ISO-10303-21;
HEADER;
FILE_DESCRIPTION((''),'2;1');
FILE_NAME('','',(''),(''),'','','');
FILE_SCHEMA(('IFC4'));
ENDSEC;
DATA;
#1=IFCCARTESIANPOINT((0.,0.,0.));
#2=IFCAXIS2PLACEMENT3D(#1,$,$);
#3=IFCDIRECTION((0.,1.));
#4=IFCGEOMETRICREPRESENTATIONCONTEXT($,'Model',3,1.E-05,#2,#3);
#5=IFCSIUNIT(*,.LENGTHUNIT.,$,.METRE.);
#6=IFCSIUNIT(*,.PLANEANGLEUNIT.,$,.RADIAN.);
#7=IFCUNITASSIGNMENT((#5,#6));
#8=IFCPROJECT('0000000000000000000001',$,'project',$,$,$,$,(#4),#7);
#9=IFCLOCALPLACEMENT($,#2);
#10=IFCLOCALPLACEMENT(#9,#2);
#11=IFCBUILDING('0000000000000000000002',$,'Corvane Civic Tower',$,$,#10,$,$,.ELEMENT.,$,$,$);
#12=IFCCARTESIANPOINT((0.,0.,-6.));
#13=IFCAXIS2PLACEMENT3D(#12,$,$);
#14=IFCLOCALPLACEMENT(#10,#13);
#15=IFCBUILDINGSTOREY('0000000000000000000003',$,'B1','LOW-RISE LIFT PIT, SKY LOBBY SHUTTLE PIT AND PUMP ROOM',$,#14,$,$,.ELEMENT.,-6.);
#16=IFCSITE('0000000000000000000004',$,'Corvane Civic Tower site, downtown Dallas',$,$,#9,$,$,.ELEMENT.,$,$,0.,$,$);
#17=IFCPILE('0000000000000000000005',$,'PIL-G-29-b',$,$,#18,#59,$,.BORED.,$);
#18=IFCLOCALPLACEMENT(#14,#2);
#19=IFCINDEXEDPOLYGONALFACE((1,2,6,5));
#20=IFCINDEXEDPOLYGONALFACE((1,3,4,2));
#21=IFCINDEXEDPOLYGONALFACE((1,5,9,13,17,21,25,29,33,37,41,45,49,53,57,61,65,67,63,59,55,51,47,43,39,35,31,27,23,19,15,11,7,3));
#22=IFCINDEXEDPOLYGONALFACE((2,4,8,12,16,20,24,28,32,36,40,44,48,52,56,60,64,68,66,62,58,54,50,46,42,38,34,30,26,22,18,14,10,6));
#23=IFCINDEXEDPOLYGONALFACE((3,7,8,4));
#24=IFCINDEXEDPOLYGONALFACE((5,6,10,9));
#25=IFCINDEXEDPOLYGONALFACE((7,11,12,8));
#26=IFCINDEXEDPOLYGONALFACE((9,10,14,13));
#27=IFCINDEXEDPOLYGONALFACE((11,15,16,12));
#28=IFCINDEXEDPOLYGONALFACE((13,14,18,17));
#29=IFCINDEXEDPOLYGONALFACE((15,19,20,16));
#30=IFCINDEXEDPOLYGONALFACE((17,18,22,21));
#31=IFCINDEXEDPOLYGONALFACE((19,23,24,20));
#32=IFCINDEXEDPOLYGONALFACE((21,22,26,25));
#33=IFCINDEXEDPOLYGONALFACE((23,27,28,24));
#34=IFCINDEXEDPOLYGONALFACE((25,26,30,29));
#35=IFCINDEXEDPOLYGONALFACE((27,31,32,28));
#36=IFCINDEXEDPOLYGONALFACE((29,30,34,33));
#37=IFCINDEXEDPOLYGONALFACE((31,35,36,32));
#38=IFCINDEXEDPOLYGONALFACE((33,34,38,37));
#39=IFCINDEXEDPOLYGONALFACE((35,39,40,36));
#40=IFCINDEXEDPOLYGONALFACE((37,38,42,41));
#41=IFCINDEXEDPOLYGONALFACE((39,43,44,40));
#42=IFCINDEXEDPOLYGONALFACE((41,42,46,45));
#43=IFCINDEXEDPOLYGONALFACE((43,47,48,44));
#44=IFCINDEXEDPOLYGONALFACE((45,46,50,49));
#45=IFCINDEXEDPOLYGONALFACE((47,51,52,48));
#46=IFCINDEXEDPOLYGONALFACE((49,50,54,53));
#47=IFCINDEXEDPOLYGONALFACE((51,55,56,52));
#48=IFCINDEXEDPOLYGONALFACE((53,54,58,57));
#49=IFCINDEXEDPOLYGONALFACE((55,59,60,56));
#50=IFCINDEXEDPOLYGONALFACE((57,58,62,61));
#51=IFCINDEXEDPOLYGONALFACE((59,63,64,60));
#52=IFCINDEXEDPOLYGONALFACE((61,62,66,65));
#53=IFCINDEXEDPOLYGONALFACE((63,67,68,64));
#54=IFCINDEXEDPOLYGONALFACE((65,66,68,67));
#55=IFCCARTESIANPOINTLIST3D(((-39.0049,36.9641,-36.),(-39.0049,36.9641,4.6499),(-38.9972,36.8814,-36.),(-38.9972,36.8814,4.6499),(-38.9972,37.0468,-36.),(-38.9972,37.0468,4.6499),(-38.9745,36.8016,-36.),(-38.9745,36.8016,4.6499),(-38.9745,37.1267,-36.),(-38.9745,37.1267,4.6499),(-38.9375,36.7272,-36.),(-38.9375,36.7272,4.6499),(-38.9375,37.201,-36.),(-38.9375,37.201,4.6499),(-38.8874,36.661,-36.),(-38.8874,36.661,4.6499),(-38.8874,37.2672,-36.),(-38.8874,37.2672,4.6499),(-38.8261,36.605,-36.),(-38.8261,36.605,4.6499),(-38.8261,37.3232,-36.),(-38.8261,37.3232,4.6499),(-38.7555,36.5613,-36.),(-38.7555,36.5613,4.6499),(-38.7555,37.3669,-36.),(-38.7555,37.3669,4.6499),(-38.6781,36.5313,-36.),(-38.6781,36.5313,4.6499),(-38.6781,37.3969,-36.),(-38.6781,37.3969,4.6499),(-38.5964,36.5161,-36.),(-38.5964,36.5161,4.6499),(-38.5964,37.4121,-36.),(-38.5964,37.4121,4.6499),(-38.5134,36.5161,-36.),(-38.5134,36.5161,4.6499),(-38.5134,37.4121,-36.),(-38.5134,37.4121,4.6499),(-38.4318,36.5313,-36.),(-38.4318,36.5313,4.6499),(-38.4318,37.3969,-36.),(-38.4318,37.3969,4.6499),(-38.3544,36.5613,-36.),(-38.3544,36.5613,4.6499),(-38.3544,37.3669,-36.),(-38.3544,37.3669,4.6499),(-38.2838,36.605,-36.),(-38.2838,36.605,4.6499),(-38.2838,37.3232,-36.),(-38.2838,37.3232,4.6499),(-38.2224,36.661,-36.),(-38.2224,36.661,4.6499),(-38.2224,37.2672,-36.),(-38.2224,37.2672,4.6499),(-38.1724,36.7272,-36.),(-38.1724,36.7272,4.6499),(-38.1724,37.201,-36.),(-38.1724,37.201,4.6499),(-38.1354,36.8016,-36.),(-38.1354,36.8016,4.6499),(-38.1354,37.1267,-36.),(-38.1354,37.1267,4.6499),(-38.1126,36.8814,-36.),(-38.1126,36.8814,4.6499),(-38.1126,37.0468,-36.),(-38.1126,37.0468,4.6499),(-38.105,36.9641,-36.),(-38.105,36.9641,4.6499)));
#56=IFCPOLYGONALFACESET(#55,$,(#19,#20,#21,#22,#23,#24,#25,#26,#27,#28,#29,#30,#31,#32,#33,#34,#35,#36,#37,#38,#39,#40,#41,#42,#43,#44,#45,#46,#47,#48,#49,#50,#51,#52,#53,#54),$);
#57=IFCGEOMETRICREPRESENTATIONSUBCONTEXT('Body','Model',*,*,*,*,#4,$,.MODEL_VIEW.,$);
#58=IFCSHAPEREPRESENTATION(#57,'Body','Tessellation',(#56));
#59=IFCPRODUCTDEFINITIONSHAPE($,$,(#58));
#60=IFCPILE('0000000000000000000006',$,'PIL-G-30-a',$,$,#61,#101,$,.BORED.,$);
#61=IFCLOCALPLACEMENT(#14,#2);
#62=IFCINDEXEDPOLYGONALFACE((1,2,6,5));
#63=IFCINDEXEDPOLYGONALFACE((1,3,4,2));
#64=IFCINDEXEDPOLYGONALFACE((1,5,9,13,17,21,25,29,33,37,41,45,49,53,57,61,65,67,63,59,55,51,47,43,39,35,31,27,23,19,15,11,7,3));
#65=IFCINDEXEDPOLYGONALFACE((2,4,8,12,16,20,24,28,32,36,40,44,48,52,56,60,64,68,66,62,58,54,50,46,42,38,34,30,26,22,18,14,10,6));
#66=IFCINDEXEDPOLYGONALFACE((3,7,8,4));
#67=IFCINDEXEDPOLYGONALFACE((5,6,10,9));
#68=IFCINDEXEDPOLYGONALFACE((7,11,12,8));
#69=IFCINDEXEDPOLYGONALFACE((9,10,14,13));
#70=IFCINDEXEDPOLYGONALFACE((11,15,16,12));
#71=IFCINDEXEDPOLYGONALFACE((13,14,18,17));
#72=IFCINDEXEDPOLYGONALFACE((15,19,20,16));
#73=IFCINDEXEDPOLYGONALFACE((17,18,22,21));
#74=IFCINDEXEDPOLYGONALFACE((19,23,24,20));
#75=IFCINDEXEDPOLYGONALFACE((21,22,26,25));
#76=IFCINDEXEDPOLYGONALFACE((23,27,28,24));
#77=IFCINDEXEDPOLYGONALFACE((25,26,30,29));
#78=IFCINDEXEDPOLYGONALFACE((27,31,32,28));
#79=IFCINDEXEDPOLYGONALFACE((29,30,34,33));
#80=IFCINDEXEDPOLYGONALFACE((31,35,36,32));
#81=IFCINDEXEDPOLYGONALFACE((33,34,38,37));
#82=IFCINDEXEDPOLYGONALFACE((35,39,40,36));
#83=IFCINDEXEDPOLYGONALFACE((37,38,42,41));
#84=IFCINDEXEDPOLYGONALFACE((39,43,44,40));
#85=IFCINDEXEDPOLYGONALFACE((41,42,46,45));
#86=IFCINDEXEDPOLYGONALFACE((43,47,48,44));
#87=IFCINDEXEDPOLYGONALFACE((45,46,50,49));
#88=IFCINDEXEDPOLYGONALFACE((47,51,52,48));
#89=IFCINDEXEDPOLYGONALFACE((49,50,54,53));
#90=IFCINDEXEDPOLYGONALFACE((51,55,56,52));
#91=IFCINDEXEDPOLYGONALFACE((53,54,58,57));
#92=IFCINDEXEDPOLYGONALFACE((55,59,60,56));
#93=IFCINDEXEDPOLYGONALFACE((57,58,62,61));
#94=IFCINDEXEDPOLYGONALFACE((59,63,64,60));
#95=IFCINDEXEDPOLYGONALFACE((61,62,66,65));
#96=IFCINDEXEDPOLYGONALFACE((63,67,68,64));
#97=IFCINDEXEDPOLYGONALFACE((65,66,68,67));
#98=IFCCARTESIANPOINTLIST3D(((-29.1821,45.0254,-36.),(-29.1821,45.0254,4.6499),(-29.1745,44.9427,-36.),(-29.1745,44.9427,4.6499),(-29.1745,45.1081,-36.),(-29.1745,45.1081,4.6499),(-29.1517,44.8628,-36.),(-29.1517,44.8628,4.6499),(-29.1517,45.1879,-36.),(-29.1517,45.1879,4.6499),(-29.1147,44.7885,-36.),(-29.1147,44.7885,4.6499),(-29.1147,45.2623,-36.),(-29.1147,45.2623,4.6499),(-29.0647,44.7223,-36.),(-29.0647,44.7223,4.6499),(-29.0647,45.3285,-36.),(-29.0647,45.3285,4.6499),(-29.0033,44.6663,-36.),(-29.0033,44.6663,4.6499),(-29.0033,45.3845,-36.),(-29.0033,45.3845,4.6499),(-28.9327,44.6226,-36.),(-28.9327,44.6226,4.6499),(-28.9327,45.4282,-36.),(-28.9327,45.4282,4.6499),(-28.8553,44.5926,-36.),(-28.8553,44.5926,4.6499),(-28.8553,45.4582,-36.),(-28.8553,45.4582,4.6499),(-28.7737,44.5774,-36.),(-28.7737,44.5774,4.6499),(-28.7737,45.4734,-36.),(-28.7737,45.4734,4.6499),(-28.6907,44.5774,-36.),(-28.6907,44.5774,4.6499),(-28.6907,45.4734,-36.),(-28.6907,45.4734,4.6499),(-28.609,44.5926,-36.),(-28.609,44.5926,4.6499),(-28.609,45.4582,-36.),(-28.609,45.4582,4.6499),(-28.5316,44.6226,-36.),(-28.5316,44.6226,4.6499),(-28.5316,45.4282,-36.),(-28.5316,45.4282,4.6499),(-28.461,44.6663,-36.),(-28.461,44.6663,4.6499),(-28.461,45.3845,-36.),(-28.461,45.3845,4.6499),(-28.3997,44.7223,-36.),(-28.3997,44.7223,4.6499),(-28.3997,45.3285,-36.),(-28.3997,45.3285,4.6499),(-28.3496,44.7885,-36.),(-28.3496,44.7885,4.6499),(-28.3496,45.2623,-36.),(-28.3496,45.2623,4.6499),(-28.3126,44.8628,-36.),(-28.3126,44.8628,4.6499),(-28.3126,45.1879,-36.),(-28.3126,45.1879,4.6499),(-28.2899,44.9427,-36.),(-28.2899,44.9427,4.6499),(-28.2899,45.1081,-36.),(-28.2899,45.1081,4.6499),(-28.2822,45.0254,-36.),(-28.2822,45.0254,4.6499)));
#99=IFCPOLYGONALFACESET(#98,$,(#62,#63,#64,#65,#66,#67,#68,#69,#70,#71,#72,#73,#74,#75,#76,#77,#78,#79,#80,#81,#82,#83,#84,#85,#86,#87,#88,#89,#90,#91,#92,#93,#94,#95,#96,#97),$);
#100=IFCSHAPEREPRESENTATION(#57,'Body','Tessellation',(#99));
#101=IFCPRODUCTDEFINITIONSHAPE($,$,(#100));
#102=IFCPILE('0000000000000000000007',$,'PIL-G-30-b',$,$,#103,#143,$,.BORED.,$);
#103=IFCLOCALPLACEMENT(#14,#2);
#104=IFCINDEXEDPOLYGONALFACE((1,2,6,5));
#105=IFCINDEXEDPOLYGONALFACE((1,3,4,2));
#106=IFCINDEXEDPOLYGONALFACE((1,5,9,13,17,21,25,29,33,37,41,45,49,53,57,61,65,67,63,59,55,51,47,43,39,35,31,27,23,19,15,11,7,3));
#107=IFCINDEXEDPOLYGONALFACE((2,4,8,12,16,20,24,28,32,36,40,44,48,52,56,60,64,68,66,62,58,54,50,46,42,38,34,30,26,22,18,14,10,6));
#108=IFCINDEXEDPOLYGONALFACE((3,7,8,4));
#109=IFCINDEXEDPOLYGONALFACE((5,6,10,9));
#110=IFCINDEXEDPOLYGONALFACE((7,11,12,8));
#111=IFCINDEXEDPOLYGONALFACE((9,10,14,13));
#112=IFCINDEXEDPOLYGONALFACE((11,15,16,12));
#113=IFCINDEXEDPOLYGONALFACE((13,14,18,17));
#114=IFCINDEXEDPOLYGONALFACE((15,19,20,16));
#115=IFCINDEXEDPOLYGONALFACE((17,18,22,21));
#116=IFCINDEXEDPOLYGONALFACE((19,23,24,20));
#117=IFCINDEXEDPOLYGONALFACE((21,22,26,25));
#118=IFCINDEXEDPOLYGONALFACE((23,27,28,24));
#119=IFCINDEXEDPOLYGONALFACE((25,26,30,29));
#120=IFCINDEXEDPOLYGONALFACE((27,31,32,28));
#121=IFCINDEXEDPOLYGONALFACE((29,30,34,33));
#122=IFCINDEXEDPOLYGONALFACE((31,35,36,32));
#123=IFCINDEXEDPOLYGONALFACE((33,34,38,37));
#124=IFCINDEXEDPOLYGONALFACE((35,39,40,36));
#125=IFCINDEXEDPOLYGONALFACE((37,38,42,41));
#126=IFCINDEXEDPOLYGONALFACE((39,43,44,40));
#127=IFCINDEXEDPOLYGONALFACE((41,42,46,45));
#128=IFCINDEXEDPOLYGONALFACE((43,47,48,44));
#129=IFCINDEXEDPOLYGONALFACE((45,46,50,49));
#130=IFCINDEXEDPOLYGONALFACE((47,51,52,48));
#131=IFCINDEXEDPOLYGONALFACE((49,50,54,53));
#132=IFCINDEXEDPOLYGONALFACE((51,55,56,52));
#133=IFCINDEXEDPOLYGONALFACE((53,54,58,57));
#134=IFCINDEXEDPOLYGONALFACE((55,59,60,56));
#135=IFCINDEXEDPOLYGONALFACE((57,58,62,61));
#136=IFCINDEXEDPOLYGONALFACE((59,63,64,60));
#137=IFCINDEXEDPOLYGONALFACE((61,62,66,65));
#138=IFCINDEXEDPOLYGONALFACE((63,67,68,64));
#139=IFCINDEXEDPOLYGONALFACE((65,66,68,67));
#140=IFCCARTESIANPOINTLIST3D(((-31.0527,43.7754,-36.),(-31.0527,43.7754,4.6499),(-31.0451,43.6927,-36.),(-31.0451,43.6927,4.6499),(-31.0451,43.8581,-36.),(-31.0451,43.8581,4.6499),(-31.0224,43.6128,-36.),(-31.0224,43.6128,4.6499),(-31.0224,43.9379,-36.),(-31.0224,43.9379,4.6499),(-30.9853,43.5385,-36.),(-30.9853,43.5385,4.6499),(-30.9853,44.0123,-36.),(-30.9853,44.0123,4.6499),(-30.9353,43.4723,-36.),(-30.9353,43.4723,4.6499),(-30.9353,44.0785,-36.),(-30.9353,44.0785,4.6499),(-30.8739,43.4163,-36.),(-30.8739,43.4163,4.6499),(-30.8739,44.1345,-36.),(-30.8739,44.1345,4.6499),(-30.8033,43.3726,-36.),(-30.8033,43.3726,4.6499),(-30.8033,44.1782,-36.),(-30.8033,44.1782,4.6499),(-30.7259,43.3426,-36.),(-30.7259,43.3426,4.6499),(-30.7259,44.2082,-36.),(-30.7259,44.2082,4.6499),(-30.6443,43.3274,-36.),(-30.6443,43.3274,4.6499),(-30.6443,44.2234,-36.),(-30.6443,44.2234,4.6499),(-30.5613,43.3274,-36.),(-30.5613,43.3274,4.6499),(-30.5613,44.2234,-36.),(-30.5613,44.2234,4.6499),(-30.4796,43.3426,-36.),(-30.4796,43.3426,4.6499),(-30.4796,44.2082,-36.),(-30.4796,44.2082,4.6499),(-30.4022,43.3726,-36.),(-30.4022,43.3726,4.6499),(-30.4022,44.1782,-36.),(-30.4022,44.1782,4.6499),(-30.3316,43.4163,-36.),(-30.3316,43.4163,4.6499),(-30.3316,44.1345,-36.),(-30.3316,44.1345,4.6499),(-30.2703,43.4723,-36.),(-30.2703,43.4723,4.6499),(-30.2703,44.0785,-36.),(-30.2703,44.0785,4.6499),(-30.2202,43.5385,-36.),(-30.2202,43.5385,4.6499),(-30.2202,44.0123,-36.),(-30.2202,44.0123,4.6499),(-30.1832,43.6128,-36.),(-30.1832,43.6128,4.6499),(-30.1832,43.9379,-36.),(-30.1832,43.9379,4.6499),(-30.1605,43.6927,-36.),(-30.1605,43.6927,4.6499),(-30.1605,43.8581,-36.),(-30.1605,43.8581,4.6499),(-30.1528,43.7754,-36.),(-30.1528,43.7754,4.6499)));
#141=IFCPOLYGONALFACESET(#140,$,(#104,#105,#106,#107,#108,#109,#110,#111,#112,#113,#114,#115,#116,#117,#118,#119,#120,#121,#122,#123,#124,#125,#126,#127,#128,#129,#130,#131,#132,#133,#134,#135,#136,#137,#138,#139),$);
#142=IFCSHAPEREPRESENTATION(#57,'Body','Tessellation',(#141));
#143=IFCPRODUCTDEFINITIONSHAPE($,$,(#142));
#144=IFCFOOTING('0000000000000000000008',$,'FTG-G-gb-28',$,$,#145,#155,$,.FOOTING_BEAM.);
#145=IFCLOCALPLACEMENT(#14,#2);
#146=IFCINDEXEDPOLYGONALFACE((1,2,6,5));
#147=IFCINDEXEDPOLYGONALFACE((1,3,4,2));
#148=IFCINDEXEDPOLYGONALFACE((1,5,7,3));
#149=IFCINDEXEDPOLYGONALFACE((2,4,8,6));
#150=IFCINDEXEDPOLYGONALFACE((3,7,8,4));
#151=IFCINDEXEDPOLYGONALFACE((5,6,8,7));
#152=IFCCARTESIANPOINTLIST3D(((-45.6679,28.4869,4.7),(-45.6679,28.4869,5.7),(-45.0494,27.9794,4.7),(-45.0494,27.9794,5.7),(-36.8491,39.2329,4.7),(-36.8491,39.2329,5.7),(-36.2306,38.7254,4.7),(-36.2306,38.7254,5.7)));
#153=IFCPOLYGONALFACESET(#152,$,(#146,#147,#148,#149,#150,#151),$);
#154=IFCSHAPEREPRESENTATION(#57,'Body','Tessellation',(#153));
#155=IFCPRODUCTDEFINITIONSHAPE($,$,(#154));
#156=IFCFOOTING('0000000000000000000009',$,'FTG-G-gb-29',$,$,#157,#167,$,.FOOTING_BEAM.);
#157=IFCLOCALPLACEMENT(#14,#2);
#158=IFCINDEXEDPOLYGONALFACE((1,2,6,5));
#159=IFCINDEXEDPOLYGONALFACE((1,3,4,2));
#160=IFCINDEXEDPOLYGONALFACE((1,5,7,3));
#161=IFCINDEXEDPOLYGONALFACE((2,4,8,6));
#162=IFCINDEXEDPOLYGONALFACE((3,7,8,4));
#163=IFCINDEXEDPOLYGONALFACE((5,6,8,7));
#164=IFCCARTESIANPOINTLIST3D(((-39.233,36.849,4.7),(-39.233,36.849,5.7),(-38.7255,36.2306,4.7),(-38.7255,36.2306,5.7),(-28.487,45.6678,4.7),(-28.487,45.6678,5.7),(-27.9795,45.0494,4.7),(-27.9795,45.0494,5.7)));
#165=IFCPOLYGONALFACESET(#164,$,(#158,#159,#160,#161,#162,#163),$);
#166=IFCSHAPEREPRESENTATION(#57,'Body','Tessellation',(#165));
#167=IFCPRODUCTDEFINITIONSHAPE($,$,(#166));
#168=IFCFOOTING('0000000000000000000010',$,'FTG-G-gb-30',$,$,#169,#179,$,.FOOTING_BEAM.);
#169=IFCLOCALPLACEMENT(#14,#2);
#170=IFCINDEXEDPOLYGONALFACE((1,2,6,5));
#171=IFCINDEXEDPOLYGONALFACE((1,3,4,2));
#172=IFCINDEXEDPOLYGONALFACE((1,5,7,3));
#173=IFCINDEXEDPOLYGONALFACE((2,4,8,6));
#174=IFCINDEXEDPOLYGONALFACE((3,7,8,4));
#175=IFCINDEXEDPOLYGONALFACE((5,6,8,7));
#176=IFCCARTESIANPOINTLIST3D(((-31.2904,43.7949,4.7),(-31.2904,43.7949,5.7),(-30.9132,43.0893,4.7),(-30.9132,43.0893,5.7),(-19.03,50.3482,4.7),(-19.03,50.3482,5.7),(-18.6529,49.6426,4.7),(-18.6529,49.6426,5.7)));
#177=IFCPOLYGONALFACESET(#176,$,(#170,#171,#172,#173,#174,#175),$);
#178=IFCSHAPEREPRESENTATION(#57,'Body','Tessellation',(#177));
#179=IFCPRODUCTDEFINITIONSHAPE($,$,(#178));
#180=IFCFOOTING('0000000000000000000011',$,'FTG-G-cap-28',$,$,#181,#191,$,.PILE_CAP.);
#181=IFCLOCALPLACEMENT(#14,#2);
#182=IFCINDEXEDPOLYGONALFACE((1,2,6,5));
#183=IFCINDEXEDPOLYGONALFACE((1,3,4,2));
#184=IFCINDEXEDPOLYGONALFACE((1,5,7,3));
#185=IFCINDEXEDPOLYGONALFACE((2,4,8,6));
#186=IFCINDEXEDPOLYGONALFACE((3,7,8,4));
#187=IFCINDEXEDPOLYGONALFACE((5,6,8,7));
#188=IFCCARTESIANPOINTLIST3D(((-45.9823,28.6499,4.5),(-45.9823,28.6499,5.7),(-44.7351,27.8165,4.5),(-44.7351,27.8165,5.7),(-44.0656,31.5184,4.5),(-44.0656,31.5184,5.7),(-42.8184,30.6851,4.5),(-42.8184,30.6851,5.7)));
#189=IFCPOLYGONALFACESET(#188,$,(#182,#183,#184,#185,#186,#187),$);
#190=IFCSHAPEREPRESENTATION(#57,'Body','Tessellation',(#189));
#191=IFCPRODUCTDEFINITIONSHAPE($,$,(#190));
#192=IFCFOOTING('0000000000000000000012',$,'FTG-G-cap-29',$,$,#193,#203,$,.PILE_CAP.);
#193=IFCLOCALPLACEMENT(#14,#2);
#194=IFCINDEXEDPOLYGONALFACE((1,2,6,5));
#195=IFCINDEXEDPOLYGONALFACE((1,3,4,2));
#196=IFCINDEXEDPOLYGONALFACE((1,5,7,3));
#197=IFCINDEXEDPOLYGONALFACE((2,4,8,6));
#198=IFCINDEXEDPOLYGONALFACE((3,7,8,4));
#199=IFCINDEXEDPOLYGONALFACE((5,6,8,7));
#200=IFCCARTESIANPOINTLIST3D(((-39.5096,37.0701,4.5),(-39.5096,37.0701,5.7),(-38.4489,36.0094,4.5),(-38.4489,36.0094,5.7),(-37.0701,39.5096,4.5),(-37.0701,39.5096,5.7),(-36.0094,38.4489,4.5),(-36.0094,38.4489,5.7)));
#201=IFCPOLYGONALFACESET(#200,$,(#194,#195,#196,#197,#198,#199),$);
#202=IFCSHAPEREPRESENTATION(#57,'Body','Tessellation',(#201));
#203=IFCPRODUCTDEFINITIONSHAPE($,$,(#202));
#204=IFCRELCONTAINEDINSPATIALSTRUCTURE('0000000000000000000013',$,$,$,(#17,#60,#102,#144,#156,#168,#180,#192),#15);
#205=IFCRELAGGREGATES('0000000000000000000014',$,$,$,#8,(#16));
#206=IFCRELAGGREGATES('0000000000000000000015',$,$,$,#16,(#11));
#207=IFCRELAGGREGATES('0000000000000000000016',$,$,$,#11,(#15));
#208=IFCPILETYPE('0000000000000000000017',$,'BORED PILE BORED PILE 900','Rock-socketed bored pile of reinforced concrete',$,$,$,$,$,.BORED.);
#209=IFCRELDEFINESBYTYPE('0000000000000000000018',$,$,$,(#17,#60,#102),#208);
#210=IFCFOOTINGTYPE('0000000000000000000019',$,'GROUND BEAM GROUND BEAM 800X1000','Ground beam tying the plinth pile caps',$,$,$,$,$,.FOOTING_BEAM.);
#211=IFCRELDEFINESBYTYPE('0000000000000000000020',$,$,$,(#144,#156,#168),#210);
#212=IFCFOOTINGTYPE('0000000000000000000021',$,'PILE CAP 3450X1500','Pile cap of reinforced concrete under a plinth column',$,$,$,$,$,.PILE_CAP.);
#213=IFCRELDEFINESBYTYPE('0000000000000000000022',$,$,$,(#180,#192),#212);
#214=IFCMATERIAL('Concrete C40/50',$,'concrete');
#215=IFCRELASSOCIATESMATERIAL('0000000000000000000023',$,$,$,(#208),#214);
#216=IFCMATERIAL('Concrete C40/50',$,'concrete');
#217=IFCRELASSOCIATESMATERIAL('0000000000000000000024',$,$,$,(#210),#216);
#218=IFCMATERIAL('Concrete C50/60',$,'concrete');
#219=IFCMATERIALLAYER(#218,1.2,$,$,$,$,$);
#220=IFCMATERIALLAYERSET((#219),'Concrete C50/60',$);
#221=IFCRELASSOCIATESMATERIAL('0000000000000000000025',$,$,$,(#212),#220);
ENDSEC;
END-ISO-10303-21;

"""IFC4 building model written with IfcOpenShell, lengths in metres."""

from ifc_helpers import new_model, si_unit, direction, frame, origin, origin_2d, place, context, subcontext, project, spatial, rectangle, circle, extrude, material, layer, layer_set, material_profile, profile_set, type_object, element, save


model = new_model("IFC4")

# Units and contexts
model_context = context("Model", 3, precision=1e-05, world=origin(), true_north=direction((0.0, 1.0)))
body_context = subcontext(model_context, "Body", "Model", "MODEL_VIEW")
ifc_project = project(units=[si_unit("LENGTHUNIT", "METRE"), si_unit("PLANEANGLEUNIT", "RADIAN")], contexts=[model_context])

# Site, building, storey
site_placement = place(None, origin())
site = spatial("IfcSite", under=ifc_project, at=site_placement, Name="Corvane Civic Tower site, downtown Dallas", CompositionType="ELEMENT", RefElevation=0.0)
building_placement = place(site_placement, origin())
building = spatial("IfcBuilding", under=site, at=building_placement, Name="Corvane Civic Tower", CompositionType="ELEMENT")
storey_placement = place(building_placement, frame((0.0, 0.0, -6.0)))
storey = spatial("IfcBuildingStorey", under=building, at=storey_placement, Name="B1", Description="LOW-RISE LIFT PIT, SKY LOBBY SHUTTLE PIT AND PUMP ROOM", CompositionType="ELEMENT", Elevation=-6.0)

# Piles
ifc_material_1 = material(Name="Concrete C40/50", Category="concrete")
ifc_material_profile_1 = material_profile(ifc_material_1, circle(Radius=0.45, at=origin_2d()), Name="BORED PILE 900")
ifc_profile_set_1 = profile_set([ifc_material_profile_1], Name="Concrete C40/50")
pile_type_1 = type_object("IfcPileType", Name="BORED PILE BORED PILE 900", Description="Rock-socketed bored pile of reinforced concrete", PredefinedType="BORED", material=ifc_profile_set_1)
for number, where, z_axis, x_axis, name in (
    (1, (-38.5549, 36.9641, 4.6499), (0.0, 0.0, -1.0), (1.0, 0.0, 0.0), "PIL-G-29-b"),
    (2, (-28.7322, 45.0254, 4.6499), (0.0, 0.0, -1.0), (1.0, 0.0, 0.0), "PIL-G-30-a"),
    (3, (-30.6028, 43.7754, 4.6499), (0.0, 0.0, -1.0), (1.0, 0.0, 0.0), "PIL-G-30-b"),
):
    element("IfcPile", number, at=place(storey_placement, frame(where, z_axis=z_axis, x_axis=x_axis)), inside=storey, type_object=pile_type_1, Name=name, PredefinedType="BORED", context=body_context, shape_type="SweptSolid", body=[
        extrude(circle(Radius=0.45, at=origin_2d()), origin(), (0.0, 0.0, 1.0), 40.6499),
    ])

# Footings
ifc_material_2 = material(Name="Concrete C40/50", Category="concrete")
ifc_material_profile_2 = material_profile(ifc_material_2, rectangle(XDim=0.8, YDim=1.0, at=origin_2d()), Name="GROUND BEAM 800X1000")
ifc_profile_set_2 = profile_set([ifc_material_profile_2], Name="Concrete C40/50")
footing_type_1 = type_object("IfcFootingType", Name="GROUND BEAM GROUND BEAM 800X1000", Description="Ground beam tying the plinth pile caps", PredefinedType="FOOTING_BEAM", material=ifc_profile_set_2)
for number, where, z_axis, x_axis, name in (
    (4, (-45.3586, 28.2332, 5.2), (0.634383, 0.773019, 0.0), (-0.773019, 0.634383, 0.0), "FTG-G-gb-28"),
    (5, (-38.9792, 36.5398, 5.2), (0.773019, 0.634383, 0.0), (-0.634383, 0.773019, 0.0), "FTG-G-gb-29"),
):
    element("IfcFooting", number, at=place(storey_placement, frame(where, z_axis=z_axis, x_axis=x_axis)), inside=storey, type_object=footing_type_1, Name=name, PredefinedType="FOOTING_BEAM", context=body_context, shape_type="SweptSolid", body=[
        extrude(rectangle(XDim=0.8, YDim=1.0, at=origin_2d()), origin(), (0.0, 0.0, 1.0), 13.9014),
    ])
footing_placement = place(storey_placement, frame((-31.1018, 43.4421, 5.2), z_axis=(0.881922, 0.471396, 0.0), x_axis=(-0.471396, 0.881922, 0.0)))
element("IfcFooting", 6, at=footing_placement, inside=storey, type_object=footing_type_1, Name="FTG-G-gb-30", PredefinedType="FOOTING_BEAM", context=body_context, shape_type="SweptSolid", body=[
    extrude(rectangle(XDim=0.8, YDim=1.0, at=origin_2d()), origin(), (0.0, 0.0, 1.0), 13.9019),
])
ifc_material_3 = material(Name="Concrete C50/60", Category="concrete")
ifc_layer = layer(ifc_material_3, 1.2)
ifc_layer_set = layer_set([ifc_layer], Name="Concrete C50/60")
footing_type_2 = type_object("IfcFootingType", Name="PILE CAP 3450X1500", Description="Pile cap of reinforced concrete under a plinth column", PredefinedType="PILE_CAP", material=ifc_layer_set)
for number, where, z_axis, x_axis, name in (
    (7, (-44.4004, 29.6675, 4.5), (0.0, 0.0, 1.0), (-0.55557, -0.83147, 0.0), "FTG-G-cap-28"),
    (8, (-37.7595, 37.7595, 4.5), (0.0, 0.0, 1.0), (-0.707107, -0.707107, 0.0), "FTG-G-cap-29"),
):
    element("IfcFooting", number, at=place(storey_placement, frame(where, z_axis=z_axis, x_axis=x_axis)), inside=storey, type_object=footing_type_2, Name=name, PredefinedType="PILE_CAP", context=body_context, shape_type="SweptSolid", body=[
        extrude(rectangle(XDim=3.45, YDim=1.5, at=origin_2d()), origin(), (0.0, 0.0, 1.0), 1.2),
    ])

save(model, "model.ifc")
